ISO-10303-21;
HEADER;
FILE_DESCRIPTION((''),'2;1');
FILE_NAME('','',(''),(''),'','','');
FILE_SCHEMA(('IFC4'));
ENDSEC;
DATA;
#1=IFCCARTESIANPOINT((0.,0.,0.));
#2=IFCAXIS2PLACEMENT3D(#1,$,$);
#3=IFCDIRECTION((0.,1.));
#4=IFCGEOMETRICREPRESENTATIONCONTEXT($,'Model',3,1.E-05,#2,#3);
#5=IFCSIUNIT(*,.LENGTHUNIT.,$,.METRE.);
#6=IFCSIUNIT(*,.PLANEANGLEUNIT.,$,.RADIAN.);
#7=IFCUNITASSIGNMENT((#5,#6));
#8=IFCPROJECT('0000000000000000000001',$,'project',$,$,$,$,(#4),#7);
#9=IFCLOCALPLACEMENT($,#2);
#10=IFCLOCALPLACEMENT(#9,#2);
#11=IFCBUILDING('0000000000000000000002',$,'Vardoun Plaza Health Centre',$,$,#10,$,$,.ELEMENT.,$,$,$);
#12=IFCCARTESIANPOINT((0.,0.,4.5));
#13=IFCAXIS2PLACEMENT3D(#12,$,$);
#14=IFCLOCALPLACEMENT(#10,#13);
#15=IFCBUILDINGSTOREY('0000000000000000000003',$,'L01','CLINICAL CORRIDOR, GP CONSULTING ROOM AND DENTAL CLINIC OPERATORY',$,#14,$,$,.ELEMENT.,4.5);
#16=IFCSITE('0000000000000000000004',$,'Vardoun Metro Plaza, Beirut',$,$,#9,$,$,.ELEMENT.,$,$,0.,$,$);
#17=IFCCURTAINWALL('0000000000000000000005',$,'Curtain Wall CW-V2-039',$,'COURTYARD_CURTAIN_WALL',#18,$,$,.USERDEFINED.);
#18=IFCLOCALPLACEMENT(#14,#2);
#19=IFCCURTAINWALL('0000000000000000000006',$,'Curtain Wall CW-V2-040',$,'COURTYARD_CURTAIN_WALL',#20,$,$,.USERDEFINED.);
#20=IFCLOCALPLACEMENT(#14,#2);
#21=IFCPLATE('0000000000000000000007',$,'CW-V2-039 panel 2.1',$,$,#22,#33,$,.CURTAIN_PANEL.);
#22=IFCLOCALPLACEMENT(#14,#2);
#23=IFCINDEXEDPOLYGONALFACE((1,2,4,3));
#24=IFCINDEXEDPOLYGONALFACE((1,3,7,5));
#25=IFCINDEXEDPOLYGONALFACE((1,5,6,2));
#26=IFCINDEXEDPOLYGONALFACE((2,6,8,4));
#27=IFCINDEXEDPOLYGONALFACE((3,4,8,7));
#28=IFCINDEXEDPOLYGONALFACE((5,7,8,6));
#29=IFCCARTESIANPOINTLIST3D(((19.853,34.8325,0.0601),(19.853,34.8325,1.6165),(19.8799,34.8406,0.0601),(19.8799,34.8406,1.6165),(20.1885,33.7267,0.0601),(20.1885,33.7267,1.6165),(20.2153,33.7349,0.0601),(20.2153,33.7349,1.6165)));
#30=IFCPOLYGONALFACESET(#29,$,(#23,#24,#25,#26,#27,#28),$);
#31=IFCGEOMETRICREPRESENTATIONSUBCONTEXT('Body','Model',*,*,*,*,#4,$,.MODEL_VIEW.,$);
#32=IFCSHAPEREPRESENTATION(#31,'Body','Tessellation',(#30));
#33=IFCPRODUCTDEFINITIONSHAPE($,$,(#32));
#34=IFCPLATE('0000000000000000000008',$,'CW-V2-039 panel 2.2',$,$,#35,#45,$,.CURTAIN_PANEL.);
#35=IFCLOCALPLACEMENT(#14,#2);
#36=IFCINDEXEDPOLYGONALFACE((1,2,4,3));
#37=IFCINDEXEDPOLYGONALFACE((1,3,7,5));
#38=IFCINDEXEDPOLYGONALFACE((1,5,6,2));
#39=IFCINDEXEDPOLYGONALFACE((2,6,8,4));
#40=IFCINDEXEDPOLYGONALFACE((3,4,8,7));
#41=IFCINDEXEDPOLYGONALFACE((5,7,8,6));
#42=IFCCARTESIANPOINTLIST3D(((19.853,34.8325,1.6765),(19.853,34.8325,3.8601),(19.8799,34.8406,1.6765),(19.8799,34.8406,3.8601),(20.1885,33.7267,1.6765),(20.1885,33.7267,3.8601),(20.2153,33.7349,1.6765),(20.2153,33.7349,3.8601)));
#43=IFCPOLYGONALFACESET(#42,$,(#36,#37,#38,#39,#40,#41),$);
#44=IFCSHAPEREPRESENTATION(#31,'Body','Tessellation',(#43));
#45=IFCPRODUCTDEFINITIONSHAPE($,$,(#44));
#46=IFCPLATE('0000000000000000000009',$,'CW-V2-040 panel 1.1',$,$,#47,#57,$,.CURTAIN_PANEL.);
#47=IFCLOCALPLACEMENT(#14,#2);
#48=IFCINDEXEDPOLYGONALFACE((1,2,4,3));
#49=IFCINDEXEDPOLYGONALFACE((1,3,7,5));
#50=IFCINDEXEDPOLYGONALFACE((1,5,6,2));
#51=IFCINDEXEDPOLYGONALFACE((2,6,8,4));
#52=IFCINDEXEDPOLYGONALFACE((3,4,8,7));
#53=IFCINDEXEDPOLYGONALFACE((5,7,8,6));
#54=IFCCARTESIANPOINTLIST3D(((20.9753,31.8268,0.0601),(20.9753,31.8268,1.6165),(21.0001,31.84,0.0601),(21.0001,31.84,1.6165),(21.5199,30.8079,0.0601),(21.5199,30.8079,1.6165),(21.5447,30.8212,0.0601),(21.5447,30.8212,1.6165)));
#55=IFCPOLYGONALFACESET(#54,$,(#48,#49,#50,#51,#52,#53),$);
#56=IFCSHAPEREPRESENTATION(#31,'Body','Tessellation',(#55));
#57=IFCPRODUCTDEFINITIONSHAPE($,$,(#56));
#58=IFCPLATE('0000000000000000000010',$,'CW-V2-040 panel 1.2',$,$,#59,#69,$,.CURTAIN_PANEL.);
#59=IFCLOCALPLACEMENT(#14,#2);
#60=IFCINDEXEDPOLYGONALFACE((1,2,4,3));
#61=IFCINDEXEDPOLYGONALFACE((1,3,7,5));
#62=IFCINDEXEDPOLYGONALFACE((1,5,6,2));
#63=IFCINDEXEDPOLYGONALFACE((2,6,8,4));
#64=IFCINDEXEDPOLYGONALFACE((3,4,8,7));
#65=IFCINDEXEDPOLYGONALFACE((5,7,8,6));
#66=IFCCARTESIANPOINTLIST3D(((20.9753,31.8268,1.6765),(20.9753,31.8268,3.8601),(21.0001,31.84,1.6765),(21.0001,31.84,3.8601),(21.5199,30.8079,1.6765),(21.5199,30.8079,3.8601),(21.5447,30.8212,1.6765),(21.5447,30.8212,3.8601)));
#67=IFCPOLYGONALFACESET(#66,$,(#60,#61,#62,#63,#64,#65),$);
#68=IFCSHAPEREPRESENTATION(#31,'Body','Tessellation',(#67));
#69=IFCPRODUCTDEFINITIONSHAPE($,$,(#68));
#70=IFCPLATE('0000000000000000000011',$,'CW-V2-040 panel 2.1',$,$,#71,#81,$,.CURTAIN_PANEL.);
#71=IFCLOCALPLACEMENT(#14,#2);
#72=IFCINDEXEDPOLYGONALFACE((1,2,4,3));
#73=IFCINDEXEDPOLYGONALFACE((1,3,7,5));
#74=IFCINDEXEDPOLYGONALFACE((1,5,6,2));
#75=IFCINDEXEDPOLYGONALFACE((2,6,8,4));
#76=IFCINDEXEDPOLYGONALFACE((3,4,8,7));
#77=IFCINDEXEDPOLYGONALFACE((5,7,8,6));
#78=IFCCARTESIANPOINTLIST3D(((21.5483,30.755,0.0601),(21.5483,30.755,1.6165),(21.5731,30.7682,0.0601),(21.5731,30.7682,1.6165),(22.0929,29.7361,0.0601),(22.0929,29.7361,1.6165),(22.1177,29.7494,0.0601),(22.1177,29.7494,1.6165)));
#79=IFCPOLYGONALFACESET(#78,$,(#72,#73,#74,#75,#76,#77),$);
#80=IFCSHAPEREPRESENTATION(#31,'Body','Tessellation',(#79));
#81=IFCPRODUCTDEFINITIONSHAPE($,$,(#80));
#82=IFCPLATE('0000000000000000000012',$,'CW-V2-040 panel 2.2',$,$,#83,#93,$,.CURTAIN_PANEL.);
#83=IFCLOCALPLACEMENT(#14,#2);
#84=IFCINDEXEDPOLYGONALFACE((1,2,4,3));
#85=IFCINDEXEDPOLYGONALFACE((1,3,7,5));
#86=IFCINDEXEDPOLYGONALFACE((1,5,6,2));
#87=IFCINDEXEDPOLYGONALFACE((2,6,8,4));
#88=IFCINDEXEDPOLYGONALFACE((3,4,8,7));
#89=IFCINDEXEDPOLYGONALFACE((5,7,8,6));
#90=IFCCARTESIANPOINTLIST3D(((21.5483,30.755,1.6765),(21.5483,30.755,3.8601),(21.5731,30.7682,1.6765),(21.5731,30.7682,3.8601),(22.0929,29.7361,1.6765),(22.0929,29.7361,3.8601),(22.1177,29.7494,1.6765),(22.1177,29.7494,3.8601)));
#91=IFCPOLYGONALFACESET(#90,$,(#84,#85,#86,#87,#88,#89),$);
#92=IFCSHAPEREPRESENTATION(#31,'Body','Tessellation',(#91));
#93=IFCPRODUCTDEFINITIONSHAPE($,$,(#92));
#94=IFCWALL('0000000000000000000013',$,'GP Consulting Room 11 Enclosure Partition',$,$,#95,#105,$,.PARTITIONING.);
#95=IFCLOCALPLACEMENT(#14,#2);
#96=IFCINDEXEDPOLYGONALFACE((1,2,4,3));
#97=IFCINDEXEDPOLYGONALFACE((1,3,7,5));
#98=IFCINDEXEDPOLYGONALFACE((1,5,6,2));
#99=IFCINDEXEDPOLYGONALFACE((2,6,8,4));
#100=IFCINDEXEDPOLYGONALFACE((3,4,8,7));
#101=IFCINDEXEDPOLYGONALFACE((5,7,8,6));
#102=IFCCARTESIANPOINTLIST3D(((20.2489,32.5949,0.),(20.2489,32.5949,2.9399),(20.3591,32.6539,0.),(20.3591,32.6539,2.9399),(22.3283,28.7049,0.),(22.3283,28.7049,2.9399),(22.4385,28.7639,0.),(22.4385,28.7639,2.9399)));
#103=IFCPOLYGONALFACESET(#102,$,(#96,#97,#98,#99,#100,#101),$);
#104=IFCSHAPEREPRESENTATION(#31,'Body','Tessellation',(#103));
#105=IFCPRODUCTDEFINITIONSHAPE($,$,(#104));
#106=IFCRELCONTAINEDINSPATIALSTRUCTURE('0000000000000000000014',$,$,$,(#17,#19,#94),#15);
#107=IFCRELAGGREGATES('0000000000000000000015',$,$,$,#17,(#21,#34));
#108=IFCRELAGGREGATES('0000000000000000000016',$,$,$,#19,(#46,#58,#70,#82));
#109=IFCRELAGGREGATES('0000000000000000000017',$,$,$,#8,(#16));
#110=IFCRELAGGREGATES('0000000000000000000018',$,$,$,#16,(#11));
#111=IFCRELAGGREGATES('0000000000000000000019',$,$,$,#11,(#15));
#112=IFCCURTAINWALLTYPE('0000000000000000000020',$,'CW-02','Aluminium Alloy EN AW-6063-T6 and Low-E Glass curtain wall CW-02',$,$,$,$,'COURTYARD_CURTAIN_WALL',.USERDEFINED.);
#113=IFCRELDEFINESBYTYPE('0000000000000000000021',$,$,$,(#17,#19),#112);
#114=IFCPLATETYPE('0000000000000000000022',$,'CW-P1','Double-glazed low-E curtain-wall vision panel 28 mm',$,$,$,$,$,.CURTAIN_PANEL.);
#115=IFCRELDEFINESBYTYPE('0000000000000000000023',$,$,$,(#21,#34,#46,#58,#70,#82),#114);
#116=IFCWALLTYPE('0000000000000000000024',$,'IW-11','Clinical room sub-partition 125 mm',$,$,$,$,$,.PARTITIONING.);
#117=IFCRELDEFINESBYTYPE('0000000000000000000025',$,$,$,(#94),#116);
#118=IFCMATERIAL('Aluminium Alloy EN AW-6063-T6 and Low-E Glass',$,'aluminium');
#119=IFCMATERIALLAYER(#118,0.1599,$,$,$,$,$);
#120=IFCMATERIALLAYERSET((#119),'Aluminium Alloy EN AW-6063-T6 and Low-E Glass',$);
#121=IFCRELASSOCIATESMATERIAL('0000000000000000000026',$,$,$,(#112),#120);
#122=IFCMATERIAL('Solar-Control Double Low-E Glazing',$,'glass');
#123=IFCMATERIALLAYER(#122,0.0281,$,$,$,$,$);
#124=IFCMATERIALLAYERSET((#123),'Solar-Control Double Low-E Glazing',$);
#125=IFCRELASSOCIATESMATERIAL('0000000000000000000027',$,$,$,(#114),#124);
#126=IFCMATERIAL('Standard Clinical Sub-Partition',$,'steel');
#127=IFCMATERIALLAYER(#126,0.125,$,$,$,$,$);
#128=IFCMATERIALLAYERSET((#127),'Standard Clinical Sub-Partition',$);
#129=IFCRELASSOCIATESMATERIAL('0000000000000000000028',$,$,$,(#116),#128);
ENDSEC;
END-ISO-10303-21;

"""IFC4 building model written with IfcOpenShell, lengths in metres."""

from ifc_helpers import new_model, si_unit, direction, frame, frame_2d, origin, origin_2d, place, context, subcontext, project, spatial, rectangle, extrude, material, layer, layer_set, type_object, element, aggregate, save


model = new_model("IFC4")

# Units and contexts
model_context = context("Model", 3, precision=1e-05, world=origin(), true_north=direction((0.0, 1.0)))
body_context = subcontext(model_context, "Body", "Model", "MODEL_VIEW")
ifc_project = project(units=[si_unit("LENGTHUNIT", "METRE"), si_unit("PLANEANGLEUNIT", "RADIAN")], contexts=[model_context])

# Site, building, storey
site_placement = place(None, origin())
site = spatial("IfcSite", under=ifc_project, at=site_placement, Name="Vardoun Metro Plaza, Beirut", CompositionType="ELEMENT", RefElevation=0.0)
building_placement = place(site_placement, origin())
building = spatial("IfcBuilding", under=site, at=building_placement, Name="Vardoun Plaza Health Centre", CompositionType="ELEMENT")
storey_placement = place(building_placement, frame((0.0, 0.0, 4.5)))
storey = spatial("IfcBuildingStorey", under=building, at=storey_placement, Name="L01", Description="CLINICAL CORRIDOR, GP CONSULTING ROOM AND DENTAL CLINIC OPERATORY", CompositionType="ELEMENT", Elevation=4.5)

# Curtain walls
ifc_material_1 = material(Name="Aluminium Alloy EN AW-6063-T6 and Low-E Glass", Category="aluminium")
ifc_layer_1 = layer(ifc_material_1, 0.1599)
ifc_layer_set_1 = layer_set([ifc_layer_1], Name="Aluminium Alloy EN AW-6063-T6 and Low-E Glass")
curtain_wall_type = type_object("IfcCurtainWallType", Name="CW-02", Description="Aluminium Alloy EN AW-6063-T6 and Low-E Glass curtain wall CW-02", ElementType="COURTYARD_CURTAIN_WALL", PredefinedType="USERDEFINED", material=ifc_layer_set_1)
curtain_wall_1_placement = place(storey_placement, origin())
curtain_wall_1 = element("IfcCurtainWall", 1, at=curtain_wall_1_placement, inside=storey, type_object=curtain_wall_type, Name="Curtain Wall CW-V2-039", ObjectType="COURTYARD_CURTAIN_WALL", PredefinedType="USERDEFINED")
curtain_wall_2_placement = place(storey_placement, origin())
curtain_wall_2 = element("IfcCurtainWall", 2, at=curtain_wall_2_placement, inside=storey, type_object=curtain_wall_type, Name="Curtain Wall CW-V2-040", ObjectType="COURTYARD_CURTAIN_WALL", PredefinedType="USERDEFINED")

# Plates
ifc_material_2 = material(Name="Solar-Control Double Low-E Glazing", Category="glass")
ifc_layer_2 = layer(ifc_material_2, 0.0281)
ifc_layer_set_2 = layer_set([ifc_layer_2], Name="Solar-Control Double Low-E Glazing")
plate_type = type_object("IfcPlateType", Name="CW-P1", Description="Double-glazed low-E curtain-wall vision panel 28 mm", PredefinedType="CURTAIN_PANEL", material=ifc_layer_set_2)
plate_1_placement = place(storey_placement, frame((20.0342, 34.2837, 0.0601), z_axis=(0.0, 0.0, 1.0), x_axis=(0.2903, -0.956936, 0.0)))
plate_1 = element("IfcPlate", 3, at=plate_1_placement, type_object=plate_type, Name="CW-V2-039 panel 2.1", PredefinedType="CURTAIN_PANEL", context=body_context, shape_type="SweptSolid", body=[
    extrude(rectangle(XDim=1.1555, YDim=0.0281, at=origin_2d()), origin(), (0.0, 0.0, 1.0), 1.5564),
])
plate_2_placement = place(storey_placement, frame((20.0342, 34.2837, 1.6765), z_axis=(0.0, 0.0, 1.0), x_axis=(0.2903, -0.956936, 0.0)))
plate_2 = element("IfcPlate", 4, at=plate_2_placement, type_object=plate_type, Name="CW-V2-039 panel 2.2", PredefinedType="CURTAIN_PANEL", context=body_context, shape_type="SweptSolid", body=[
    extrude(rectangle(XDim=1.1555, YDim=0.0281, at=origin_2d()), origin(), (0.0, 0.0, 1.0), 2.1836),
])
aggregate(curtain_wall_1, [plate_1, plate_2])
plate_3_placement = place(storey_placement, frame((21.26, 31.324, 0.0601), z_axis=(0.0, 0.0, 1.0), x_axis=(0.471395, -0.881922, 0.0)))
plate_3 = element("IfcPlate", 5, at=plate_3_placement, type_object=plate_type, Name="CW-V2-040 panel 1.1", PredefinedType="CURTAIN_PANEL", context=body_context, shape_type="SweptSolid", body=[
    extrude(rectangle(XDim=1.1553, YDim=0.0281, at=origin_2d()), origin(), (0.0, 0.0, 1.0), 1.5564),
])
plate_4_placement = place(storey_placement, frame((21.26, 31.324, 1.6765), z_axis=(0.0, 0.0, 1.0), x_axis=(0.471395, -0.881922, 0.0)))
plate_4 = element("IfcPlate", 6, at=plate_4_placement, type_object=plate_type, Name="CW-V2-040 panel 1.2", PredefinedType="CURTAIN_PANEL", context=body_context, shape_type="SweptSolid", body=[
    extrude(rectangle(XDim=1.1553, YDim=0.0281, at=origin_2d()), origin(), (0.0, 0.0, 1.0), 2.1836),
])
plate_5_placement = place(storey_placement, frame((21.833, 30.2522, 0.0601), z_axis=(0.0, 0.0, 1.0), x_axis=(0.471395, -0.881922, 0.0)))
plate_5 = element("IfcPlate", 7, at=plate_5_placement, type_object=plate_type, Name="CW-V2-040 panel 2.1", PredefinedType="CURTAIN_PANEL", context=body_context, shape_type="SweptSolid", body=[
    extrude(rectangle(XDim=1.1553, YDim=0.0281, at=origin_2d()), origin(), (0.0, 0.0, 1.0), 1.5564),
])
plate_6_placement = place(storey_placement, frame((21.833, 30.2522, 1.6765), z_axis=(0.0, 0.0, 1.0), x_axis=(0.471395, -0.881922, 0.0)))
plate_6 = element("IfcPlate", 8, at=plate_6_placement, type_object=plate_type, Name="CW-V2-040 panel 2.2", PredefinedType="CURTAIN_PANEL", context=body_context, shape_type="SweptSolid", body=[
    extrude(rectangle(XDim=1.1553, YDim=0.0281, at=origin_2d()), origin(), (0.0, 0.0, 1.0), 2.1836),
])
aggregate(curtain_wall_2, [plate_3, plate_4, plate_5, plate_6])

# Wall
ifc_material_3 = material(Name="Standard Clinical Sub-Partition", Category="steel")
ifc_layer_3 = layer(ifc_material_3, 0.125)
ifc_layer_set_3 = layer_set([ifc_layer_3], Name="Standard Clinical Sub-Partition")
wall_type = type_object("IfcWallType", Name="IW-11", Description="Clinical room sub-partition 125 mm", PredefinedType="PARTITIONING", material=ifc_layer_set_3)
wall_placement = place(storey_placement, frame((20.304, 32.6245, 0.0), z_axis=(0.0, 0.0, 1.0), x_axis=(0.471424, -0.881907, 0.0)))
element("IfcWall", 9, at=wall_placement, inside=storey, type_object=wall_type, Name="GP Consulting Room 11 Enclosure Partition", PredefinedType="PARTITIONING", context=body_context, shape_type="SweptSolid", body=[
    extrude(rectangle(XDim=4.4109, YDim=0.125, at=frame_2d((2.2056, 0.0))), origin(), (0.0, 0.0, 1.0), 2.9399),
])

save(model, "model.ifc")
